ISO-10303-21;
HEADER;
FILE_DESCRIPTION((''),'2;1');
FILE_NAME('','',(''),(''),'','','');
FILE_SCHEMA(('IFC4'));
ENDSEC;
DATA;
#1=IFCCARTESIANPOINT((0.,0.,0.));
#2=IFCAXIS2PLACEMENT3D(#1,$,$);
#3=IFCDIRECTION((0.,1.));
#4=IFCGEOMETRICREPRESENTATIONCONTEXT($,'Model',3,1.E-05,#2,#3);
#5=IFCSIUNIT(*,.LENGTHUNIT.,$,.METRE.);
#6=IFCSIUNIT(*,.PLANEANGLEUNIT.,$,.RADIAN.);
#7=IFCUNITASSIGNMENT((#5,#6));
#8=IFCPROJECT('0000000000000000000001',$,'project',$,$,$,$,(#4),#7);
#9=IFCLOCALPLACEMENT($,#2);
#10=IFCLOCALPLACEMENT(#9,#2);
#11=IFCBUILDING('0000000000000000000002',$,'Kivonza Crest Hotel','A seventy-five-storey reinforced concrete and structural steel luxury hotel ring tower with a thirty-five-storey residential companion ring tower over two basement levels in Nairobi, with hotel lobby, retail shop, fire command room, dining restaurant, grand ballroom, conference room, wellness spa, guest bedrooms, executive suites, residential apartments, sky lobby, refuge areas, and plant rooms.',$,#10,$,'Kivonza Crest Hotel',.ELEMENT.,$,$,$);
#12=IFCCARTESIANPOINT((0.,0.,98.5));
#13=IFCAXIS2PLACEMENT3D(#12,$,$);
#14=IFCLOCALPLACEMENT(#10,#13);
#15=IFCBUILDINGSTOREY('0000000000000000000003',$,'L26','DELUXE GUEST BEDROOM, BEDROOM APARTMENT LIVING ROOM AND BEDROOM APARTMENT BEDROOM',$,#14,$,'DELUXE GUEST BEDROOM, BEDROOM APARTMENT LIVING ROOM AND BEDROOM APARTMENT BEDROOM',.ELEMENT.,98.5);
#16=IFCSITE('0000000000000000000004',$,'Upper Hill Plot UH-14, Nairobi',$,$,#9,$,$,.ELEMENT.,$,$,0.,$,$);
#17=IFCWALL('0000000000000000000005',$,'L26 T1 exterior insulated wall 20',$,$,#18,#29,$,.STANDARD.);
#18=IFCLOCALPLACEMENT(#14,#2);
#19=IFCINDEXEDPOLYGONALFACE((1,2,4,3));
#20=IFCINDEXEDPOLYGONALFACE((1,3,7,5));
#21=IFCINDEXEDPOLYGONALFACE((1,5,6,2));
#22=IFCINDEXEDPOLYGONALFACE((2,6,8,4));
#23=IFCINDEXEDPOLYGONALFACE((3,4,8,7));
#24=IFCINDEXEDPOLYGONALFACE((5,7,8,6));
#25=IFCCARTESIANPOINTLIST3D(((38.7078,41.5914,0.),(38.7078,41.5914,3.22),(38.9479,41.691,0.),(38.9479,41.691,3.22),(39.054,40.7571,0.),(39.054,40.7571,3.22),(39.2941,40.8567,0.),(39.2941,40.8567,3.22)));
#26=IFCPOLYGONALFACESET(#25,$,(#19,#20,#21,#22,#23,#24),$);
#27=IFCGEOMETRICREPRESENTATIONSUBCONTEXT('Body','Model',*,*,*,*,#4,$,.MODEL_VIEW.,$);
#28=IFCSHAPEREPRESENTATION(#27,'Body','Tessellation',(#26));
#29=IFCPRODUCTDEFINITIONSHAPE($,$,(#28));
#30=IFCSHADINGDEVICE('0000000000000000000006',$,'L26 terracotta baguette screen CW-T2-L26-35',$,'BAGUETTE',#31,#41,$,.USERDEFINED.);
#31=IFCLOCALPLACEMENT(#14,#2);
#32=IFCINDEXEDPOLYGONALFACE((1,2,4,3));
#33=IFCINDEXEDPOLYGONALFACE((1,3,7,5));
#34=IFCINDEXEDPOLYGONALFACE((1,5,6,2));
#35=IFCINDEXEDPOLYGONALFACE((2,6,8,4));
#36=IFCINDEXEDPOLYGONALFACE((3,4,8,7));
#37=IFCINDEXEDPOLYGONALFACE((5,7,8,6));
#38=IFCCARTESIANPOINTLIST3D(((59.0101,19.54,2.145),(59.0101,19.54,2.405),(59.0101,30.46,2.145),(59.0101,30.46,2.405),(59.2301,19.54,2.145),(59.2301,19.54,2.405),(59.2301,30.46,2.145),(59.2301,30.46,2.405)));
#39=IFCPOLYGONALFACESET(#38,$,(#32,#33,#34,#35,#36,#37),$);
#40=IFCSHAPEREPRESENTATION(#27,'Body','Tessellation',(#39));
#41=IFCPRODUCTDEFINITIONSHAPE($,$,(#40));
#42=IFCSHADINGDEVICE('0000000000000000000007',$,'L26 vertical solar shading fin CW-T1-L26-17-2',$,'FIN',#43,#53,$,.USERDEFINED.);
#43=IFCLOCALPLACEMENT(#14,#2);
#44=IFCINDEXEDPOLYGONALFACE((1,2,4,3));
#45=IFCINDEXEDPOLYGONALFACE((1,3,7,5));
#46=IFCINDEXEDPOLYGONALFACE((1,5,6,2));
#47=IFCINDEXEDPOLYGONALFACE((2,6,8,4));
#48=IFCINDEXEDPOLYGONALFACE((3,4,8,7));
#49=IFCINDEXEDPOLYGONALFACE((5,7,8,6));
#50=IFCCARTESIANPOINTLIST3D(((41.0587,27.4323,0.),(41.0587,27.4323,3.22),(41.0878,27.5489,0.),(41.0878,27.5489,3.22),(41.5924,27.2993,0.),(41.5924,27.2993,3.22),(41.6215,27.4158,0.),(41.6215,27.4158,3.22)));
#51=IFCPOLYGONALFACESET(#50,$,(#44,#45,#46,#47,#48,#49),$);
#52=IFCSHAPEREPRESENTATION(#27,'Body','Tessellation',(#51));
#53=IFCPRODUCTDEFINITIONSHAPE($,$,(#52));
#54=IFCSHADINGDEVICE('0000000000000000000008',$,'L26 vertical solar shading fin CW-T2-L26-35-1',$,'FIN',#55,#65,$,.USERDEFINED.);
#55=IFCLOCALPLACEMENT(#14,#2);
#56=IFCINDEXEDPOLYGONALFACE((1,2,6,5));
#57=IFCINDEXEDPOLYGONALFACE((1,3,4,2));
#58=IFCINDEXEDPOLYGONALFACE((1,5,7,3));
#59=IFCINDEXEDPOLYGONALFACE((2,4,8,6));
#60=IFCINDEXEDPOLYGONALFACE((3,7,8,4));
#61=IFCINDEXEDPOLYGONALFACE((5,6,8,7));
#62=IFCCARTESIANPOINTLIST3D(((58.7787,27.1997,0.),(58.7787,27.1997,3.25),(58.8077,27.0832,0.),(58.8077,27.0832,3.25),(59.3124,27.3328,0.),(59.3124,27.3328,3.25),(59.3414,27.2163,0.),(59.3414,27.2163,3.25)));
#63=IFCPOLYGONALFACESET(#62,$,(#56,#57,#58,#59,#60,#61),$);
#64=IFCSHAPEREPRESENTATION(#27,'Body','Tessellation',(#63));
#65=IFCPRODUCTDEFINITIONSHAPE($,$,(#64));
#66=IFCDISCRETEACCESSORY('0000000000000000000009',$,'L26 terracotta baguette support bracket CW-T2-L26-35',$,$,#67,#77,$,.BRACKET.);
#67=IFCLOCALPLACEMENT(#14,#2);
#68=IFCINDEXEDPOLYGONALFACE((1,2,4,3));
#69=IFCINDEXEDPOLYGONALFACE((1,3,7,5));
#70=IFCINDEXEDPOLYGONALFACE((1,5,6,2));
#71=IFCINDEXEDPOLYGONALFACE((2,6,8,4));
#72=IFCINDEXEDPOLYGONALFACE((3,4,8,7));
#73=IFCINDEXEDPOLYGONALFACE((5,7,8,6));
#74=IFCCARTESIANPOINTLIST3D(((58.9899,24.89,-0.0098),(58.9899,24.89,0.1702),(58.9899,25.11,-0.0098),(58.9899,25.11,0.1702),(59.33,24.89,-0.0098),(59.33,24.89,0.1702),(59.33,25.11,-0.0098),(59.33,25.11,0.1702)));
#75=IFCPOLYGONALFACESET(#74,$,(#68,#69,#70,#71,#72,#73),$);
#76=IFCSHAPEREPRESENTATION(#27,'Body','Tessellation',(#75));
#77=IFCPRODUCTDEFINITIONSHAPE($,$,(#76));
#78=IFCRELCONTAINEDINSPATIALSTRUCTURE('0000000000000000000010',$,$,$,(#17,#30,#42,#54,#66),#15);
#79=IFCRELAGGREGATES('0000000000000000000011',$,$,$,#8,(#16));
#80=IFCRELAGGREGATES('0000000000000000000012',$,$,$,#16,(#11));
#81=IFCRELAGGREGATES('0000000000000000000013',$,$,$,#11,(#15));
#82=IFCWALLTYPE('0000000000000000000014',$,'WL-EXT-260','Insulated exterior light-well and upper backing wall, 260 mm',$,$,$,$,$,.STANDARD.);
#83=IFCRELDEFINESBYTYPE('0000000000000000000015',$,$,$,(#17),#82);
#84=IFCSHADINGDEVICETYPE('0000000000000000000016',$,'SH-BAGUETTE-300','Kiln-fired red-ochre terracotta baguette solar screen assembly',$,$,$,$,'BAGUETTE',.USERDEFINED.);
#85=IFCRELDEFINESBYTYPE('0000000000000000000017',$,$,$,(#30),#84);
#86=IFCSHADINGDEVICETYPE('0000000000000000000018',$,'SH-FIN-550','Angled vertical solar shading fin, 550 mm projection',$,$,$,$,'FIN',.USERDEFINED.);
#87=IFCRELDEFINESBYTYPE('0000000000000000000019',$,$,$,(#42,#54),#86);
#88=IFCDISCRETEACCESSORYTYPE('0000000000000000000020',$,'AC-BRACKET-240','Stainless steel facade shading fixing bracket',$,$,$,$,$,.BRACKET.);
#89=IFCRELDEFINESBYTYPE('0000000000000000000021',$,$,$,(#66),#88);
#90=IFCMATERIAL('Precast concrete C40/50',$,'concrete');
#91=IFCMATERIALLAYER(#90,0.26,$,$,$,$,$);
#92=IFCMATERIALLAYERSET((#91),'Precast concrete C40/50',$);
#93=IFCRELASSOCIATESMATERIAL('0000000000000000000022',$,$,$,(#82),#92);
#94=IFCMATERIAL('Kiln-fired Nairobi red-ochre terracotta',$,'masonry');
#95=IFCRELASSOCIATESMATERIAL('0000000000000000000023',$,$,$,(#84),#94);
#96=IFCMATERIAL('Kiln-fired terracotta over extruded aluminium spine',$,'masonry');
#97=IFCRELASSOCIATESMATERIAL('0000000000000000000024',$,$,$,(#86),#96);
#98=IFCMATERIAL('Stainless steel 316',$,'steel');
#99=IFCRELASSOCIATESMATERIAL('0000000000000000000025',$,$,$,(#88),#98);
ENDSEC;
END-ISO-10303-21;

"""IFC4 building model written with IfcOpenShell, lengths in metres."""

from ifc_helpers import new_model, si_unit, direction, frame, frame_2d, origin, origin_2d, place, context, subcontext, project, spatial, rectangle, extrude, material, layer, layer_set, type_object, element, save


model = new_model("IFC4")

# Units and contexts
model_context = context("Model", 3, precision=1e-05, world=origin(), true_north=direction((0.0, 1.0)))
body_context = subcontext(model_context, "Body", "Model", "MODEL_VIEW")
ifc_project = project(units=[si_unit("LENGTHUNIT", "METRE"), si_unit("PLANEANGLEUNIT", "RADIAN")], contexts=[model_context])

# Site, building, storey
site_placement = place(None, origin())
site = spatial("IfcSite", under=ifc_project, at=site_placement, Name="Upper Hill Plot UH-14, Nairobi", CompositionType="ELEMENT", RefElevation=0.0)
building_placement = place(site_placement, origin())
building = spatial("IfcBuilding", under=site, at=building_placement, Name="Kivonza Crest Hotel", Description="A seventy-five-storey reinforced concrete and structural steel luxury hotel ring tower with a thirty-five-storey residential companion ring tower over two basement levels in Nairobi, with hotel lobby, retail shop, fire command room, dining restaurant, grand ballroom, conference room, wellness spa, guest bedrooms, executive suites, residential apartments, sky lobby, refuge areas, and plant rooms.", LongName="Kivonza Crest Hotel", CompositionType="ELEMENT")
storey_placement = place(building_placement, frame((0.0, 0.0, 98.5)))
storey = spatial("IfcBuildingStorey", under=building, at=storey_placement, Name="L26", Description="DELUXE GUEST BEDROOM, BEDROOM APARTMENT LIVING ROOM AND BEDROOM APARTMENT BEDROOM", LongName="DELUXE GUEST BEDROOM, BEDROOM APARTMENT LIVING ROOM AND BEDROOM APARTMENT BEDROOM", CompositionType="ELEMENT", Elevation=98.5)

# Shared definitions
ifc_material_1 = material(Name="Precast concrete C40/50", Category="concrete")
ifc_layer_1 = layer(ifc_material_1, 0.26)
ifc_layer_set_1 = layer_set([ifc_layer_1], Name="Precast concrete C40/50")
wall_type_1 = type_object("IfcWallType", Name="WL-EXT-260", Description="Insulated exterior light-well and upper backing wall, 260 mm", PredefinedType="STANDARD", material=ifc_layer_set_1)

# Wall
wall_1_placement = place(storey_placement, frame((39.1741, 40.8069, 0.0), z_axis=(0.0, 0.0, 1.0), x_axis=(-0.383291, 0.923628, 0.0)))
element("IfcWall", 1, at=wall_1_placement, inside=storey, type_object=wall_type_1, Name="L26 T1 exterior insulated wall 20", PredefinedType="STANDARD", context=body_context, shape_type="SweptSolid", body=[
    extrude(rectangle(XDim=0.9033, YDim=0.26, at=frame_2d((0.4517, 0.0))), origin(), (0.0, 0.0, 1.0), 3.22),
])

# Shading devices
ifc_material_2 = material(Name="Kiln-fired Nairobi red-ochre terracotta", Category="masonry")
shading_device_type_1 = type_object("IfcShadingDeviceType", Name="SH-BAGUETTE-300", Description="Kiln-fired red-ochre terracotta baguette solar screen assembly", ElementType="BAGUETTE", PredefinedType="USERDEFINED", material=ifc_material_2)
shading_device_1_placement = place(storey_placement, frame((59.1201, 25.0, 2.145), z_axis=(0.0, 0.0, 1.0), x_axis=(0.0, -1.0, 0.0)))
element("IfcShadingDevice", 2, at=shading_device_1_placement, inside=storey, type_object=shading_device_type_1, Name="L26 terracotta baguette screen CW-T2-L26-35", ObjectType="BAGUETTE", PredefinedType="USERDEFINED", context=body_context, shape_type="SweptSolid", body=[
    extrude(rectangle(XDim=10.9199, YDim=0.22, at=origin_2d()), origin(), (0.0, 0.0, 1.0), 0.26),
])
ifc_material_3 = material(Name="Kiln-fired terracotta over extruded aluminium spine", Category="masonry")
shading_device_type_2 = type_object("IfcShadingDeviceType", Name="SH-FIN-550", Description="Angled vertical solar shading fin, 550 mm projection", ElementType="FIN", PredefinedType="USERDEFINED", material=ifc_material_3)
shading_device_2_placement = place(storey_placement, frame((41.3401, 27.4241, 0.0), z_axis=(0.0, 0.0, 1.0), x_axis=(0.241922, 0.970296, 0.0)))
element("IfcShadingDevice", 3, at=shading_device_2_placement, inside=storey, type_object=shading_device_type_2, Name="L26 vertical solar shading fin CW-T1-L26-17-2", ObjectType="FIN", PredefinedType="USERDEFINED", context=body_context, shape_type="SweptSolid", body=[
    extrude(rectangle(XDim=0.1201, YDim=0.55, at=origin_2d()), origin(), (0.0, 0.0, 1.0), 3.22),
])
shading_device_3_placement = place(storey_placement, frame((59.0601, 27.208, 0.0), z_axis=(0.0, 0.0, 1.0), x_axis=(0.241922, -0.970296, 0.0)))
element("IfcShadingDevice", 4, at=shading_device_3_placement, inside=storey, type_object=shading_device_type_2, Name="L26 vertical solar shading fin CW-T2-L26-35-1", ObjectType="FIN", PredefinedType="USERDEFINED", context=body_context, shape_type="SweptSolid", body=[
    extrude(rectangle(XDim=0.1201, YDim=0.55, at=origin_2d()), origin(), (0.0, 0.0, 1.0), 3.25),
])

# Discrete accessory
ifc_material_4 = material(Name="Stainless steel 316", Category="steel")
discrete_accessory_type = type_object("IfcDiscreteAccessoryType", Name="AC-BRACKET-240", Description="Stainless steel facade shading fixing bracket", PredefinedType="BRACKET", material=ifc_material_4)
discrete_accessory_placement = place(storey_placement, frame((59.1599, 25.0, -0.0098), z_axis=(0.0, 0.0, 1.0), x_axis=(0.0, -1.0, 0.0)))
element("IfcDiscreteAccessory", 5, at=discrete_accessory_placement, inside=storey, type_object=discrete_accessory_type, Name="L26 terracotta baguette support bracket CW-T2-L26-35", PredefinedType="BRACKET", context=body_context, shape_type="SweptSolid", body=[
    extrude(rectangle(XDim=0.22, YDim=0.3401, at=origin_2d()), origin(), (0.0, 0.0, 1.0), 0.1799),
])

save(model, "model.ifc")
